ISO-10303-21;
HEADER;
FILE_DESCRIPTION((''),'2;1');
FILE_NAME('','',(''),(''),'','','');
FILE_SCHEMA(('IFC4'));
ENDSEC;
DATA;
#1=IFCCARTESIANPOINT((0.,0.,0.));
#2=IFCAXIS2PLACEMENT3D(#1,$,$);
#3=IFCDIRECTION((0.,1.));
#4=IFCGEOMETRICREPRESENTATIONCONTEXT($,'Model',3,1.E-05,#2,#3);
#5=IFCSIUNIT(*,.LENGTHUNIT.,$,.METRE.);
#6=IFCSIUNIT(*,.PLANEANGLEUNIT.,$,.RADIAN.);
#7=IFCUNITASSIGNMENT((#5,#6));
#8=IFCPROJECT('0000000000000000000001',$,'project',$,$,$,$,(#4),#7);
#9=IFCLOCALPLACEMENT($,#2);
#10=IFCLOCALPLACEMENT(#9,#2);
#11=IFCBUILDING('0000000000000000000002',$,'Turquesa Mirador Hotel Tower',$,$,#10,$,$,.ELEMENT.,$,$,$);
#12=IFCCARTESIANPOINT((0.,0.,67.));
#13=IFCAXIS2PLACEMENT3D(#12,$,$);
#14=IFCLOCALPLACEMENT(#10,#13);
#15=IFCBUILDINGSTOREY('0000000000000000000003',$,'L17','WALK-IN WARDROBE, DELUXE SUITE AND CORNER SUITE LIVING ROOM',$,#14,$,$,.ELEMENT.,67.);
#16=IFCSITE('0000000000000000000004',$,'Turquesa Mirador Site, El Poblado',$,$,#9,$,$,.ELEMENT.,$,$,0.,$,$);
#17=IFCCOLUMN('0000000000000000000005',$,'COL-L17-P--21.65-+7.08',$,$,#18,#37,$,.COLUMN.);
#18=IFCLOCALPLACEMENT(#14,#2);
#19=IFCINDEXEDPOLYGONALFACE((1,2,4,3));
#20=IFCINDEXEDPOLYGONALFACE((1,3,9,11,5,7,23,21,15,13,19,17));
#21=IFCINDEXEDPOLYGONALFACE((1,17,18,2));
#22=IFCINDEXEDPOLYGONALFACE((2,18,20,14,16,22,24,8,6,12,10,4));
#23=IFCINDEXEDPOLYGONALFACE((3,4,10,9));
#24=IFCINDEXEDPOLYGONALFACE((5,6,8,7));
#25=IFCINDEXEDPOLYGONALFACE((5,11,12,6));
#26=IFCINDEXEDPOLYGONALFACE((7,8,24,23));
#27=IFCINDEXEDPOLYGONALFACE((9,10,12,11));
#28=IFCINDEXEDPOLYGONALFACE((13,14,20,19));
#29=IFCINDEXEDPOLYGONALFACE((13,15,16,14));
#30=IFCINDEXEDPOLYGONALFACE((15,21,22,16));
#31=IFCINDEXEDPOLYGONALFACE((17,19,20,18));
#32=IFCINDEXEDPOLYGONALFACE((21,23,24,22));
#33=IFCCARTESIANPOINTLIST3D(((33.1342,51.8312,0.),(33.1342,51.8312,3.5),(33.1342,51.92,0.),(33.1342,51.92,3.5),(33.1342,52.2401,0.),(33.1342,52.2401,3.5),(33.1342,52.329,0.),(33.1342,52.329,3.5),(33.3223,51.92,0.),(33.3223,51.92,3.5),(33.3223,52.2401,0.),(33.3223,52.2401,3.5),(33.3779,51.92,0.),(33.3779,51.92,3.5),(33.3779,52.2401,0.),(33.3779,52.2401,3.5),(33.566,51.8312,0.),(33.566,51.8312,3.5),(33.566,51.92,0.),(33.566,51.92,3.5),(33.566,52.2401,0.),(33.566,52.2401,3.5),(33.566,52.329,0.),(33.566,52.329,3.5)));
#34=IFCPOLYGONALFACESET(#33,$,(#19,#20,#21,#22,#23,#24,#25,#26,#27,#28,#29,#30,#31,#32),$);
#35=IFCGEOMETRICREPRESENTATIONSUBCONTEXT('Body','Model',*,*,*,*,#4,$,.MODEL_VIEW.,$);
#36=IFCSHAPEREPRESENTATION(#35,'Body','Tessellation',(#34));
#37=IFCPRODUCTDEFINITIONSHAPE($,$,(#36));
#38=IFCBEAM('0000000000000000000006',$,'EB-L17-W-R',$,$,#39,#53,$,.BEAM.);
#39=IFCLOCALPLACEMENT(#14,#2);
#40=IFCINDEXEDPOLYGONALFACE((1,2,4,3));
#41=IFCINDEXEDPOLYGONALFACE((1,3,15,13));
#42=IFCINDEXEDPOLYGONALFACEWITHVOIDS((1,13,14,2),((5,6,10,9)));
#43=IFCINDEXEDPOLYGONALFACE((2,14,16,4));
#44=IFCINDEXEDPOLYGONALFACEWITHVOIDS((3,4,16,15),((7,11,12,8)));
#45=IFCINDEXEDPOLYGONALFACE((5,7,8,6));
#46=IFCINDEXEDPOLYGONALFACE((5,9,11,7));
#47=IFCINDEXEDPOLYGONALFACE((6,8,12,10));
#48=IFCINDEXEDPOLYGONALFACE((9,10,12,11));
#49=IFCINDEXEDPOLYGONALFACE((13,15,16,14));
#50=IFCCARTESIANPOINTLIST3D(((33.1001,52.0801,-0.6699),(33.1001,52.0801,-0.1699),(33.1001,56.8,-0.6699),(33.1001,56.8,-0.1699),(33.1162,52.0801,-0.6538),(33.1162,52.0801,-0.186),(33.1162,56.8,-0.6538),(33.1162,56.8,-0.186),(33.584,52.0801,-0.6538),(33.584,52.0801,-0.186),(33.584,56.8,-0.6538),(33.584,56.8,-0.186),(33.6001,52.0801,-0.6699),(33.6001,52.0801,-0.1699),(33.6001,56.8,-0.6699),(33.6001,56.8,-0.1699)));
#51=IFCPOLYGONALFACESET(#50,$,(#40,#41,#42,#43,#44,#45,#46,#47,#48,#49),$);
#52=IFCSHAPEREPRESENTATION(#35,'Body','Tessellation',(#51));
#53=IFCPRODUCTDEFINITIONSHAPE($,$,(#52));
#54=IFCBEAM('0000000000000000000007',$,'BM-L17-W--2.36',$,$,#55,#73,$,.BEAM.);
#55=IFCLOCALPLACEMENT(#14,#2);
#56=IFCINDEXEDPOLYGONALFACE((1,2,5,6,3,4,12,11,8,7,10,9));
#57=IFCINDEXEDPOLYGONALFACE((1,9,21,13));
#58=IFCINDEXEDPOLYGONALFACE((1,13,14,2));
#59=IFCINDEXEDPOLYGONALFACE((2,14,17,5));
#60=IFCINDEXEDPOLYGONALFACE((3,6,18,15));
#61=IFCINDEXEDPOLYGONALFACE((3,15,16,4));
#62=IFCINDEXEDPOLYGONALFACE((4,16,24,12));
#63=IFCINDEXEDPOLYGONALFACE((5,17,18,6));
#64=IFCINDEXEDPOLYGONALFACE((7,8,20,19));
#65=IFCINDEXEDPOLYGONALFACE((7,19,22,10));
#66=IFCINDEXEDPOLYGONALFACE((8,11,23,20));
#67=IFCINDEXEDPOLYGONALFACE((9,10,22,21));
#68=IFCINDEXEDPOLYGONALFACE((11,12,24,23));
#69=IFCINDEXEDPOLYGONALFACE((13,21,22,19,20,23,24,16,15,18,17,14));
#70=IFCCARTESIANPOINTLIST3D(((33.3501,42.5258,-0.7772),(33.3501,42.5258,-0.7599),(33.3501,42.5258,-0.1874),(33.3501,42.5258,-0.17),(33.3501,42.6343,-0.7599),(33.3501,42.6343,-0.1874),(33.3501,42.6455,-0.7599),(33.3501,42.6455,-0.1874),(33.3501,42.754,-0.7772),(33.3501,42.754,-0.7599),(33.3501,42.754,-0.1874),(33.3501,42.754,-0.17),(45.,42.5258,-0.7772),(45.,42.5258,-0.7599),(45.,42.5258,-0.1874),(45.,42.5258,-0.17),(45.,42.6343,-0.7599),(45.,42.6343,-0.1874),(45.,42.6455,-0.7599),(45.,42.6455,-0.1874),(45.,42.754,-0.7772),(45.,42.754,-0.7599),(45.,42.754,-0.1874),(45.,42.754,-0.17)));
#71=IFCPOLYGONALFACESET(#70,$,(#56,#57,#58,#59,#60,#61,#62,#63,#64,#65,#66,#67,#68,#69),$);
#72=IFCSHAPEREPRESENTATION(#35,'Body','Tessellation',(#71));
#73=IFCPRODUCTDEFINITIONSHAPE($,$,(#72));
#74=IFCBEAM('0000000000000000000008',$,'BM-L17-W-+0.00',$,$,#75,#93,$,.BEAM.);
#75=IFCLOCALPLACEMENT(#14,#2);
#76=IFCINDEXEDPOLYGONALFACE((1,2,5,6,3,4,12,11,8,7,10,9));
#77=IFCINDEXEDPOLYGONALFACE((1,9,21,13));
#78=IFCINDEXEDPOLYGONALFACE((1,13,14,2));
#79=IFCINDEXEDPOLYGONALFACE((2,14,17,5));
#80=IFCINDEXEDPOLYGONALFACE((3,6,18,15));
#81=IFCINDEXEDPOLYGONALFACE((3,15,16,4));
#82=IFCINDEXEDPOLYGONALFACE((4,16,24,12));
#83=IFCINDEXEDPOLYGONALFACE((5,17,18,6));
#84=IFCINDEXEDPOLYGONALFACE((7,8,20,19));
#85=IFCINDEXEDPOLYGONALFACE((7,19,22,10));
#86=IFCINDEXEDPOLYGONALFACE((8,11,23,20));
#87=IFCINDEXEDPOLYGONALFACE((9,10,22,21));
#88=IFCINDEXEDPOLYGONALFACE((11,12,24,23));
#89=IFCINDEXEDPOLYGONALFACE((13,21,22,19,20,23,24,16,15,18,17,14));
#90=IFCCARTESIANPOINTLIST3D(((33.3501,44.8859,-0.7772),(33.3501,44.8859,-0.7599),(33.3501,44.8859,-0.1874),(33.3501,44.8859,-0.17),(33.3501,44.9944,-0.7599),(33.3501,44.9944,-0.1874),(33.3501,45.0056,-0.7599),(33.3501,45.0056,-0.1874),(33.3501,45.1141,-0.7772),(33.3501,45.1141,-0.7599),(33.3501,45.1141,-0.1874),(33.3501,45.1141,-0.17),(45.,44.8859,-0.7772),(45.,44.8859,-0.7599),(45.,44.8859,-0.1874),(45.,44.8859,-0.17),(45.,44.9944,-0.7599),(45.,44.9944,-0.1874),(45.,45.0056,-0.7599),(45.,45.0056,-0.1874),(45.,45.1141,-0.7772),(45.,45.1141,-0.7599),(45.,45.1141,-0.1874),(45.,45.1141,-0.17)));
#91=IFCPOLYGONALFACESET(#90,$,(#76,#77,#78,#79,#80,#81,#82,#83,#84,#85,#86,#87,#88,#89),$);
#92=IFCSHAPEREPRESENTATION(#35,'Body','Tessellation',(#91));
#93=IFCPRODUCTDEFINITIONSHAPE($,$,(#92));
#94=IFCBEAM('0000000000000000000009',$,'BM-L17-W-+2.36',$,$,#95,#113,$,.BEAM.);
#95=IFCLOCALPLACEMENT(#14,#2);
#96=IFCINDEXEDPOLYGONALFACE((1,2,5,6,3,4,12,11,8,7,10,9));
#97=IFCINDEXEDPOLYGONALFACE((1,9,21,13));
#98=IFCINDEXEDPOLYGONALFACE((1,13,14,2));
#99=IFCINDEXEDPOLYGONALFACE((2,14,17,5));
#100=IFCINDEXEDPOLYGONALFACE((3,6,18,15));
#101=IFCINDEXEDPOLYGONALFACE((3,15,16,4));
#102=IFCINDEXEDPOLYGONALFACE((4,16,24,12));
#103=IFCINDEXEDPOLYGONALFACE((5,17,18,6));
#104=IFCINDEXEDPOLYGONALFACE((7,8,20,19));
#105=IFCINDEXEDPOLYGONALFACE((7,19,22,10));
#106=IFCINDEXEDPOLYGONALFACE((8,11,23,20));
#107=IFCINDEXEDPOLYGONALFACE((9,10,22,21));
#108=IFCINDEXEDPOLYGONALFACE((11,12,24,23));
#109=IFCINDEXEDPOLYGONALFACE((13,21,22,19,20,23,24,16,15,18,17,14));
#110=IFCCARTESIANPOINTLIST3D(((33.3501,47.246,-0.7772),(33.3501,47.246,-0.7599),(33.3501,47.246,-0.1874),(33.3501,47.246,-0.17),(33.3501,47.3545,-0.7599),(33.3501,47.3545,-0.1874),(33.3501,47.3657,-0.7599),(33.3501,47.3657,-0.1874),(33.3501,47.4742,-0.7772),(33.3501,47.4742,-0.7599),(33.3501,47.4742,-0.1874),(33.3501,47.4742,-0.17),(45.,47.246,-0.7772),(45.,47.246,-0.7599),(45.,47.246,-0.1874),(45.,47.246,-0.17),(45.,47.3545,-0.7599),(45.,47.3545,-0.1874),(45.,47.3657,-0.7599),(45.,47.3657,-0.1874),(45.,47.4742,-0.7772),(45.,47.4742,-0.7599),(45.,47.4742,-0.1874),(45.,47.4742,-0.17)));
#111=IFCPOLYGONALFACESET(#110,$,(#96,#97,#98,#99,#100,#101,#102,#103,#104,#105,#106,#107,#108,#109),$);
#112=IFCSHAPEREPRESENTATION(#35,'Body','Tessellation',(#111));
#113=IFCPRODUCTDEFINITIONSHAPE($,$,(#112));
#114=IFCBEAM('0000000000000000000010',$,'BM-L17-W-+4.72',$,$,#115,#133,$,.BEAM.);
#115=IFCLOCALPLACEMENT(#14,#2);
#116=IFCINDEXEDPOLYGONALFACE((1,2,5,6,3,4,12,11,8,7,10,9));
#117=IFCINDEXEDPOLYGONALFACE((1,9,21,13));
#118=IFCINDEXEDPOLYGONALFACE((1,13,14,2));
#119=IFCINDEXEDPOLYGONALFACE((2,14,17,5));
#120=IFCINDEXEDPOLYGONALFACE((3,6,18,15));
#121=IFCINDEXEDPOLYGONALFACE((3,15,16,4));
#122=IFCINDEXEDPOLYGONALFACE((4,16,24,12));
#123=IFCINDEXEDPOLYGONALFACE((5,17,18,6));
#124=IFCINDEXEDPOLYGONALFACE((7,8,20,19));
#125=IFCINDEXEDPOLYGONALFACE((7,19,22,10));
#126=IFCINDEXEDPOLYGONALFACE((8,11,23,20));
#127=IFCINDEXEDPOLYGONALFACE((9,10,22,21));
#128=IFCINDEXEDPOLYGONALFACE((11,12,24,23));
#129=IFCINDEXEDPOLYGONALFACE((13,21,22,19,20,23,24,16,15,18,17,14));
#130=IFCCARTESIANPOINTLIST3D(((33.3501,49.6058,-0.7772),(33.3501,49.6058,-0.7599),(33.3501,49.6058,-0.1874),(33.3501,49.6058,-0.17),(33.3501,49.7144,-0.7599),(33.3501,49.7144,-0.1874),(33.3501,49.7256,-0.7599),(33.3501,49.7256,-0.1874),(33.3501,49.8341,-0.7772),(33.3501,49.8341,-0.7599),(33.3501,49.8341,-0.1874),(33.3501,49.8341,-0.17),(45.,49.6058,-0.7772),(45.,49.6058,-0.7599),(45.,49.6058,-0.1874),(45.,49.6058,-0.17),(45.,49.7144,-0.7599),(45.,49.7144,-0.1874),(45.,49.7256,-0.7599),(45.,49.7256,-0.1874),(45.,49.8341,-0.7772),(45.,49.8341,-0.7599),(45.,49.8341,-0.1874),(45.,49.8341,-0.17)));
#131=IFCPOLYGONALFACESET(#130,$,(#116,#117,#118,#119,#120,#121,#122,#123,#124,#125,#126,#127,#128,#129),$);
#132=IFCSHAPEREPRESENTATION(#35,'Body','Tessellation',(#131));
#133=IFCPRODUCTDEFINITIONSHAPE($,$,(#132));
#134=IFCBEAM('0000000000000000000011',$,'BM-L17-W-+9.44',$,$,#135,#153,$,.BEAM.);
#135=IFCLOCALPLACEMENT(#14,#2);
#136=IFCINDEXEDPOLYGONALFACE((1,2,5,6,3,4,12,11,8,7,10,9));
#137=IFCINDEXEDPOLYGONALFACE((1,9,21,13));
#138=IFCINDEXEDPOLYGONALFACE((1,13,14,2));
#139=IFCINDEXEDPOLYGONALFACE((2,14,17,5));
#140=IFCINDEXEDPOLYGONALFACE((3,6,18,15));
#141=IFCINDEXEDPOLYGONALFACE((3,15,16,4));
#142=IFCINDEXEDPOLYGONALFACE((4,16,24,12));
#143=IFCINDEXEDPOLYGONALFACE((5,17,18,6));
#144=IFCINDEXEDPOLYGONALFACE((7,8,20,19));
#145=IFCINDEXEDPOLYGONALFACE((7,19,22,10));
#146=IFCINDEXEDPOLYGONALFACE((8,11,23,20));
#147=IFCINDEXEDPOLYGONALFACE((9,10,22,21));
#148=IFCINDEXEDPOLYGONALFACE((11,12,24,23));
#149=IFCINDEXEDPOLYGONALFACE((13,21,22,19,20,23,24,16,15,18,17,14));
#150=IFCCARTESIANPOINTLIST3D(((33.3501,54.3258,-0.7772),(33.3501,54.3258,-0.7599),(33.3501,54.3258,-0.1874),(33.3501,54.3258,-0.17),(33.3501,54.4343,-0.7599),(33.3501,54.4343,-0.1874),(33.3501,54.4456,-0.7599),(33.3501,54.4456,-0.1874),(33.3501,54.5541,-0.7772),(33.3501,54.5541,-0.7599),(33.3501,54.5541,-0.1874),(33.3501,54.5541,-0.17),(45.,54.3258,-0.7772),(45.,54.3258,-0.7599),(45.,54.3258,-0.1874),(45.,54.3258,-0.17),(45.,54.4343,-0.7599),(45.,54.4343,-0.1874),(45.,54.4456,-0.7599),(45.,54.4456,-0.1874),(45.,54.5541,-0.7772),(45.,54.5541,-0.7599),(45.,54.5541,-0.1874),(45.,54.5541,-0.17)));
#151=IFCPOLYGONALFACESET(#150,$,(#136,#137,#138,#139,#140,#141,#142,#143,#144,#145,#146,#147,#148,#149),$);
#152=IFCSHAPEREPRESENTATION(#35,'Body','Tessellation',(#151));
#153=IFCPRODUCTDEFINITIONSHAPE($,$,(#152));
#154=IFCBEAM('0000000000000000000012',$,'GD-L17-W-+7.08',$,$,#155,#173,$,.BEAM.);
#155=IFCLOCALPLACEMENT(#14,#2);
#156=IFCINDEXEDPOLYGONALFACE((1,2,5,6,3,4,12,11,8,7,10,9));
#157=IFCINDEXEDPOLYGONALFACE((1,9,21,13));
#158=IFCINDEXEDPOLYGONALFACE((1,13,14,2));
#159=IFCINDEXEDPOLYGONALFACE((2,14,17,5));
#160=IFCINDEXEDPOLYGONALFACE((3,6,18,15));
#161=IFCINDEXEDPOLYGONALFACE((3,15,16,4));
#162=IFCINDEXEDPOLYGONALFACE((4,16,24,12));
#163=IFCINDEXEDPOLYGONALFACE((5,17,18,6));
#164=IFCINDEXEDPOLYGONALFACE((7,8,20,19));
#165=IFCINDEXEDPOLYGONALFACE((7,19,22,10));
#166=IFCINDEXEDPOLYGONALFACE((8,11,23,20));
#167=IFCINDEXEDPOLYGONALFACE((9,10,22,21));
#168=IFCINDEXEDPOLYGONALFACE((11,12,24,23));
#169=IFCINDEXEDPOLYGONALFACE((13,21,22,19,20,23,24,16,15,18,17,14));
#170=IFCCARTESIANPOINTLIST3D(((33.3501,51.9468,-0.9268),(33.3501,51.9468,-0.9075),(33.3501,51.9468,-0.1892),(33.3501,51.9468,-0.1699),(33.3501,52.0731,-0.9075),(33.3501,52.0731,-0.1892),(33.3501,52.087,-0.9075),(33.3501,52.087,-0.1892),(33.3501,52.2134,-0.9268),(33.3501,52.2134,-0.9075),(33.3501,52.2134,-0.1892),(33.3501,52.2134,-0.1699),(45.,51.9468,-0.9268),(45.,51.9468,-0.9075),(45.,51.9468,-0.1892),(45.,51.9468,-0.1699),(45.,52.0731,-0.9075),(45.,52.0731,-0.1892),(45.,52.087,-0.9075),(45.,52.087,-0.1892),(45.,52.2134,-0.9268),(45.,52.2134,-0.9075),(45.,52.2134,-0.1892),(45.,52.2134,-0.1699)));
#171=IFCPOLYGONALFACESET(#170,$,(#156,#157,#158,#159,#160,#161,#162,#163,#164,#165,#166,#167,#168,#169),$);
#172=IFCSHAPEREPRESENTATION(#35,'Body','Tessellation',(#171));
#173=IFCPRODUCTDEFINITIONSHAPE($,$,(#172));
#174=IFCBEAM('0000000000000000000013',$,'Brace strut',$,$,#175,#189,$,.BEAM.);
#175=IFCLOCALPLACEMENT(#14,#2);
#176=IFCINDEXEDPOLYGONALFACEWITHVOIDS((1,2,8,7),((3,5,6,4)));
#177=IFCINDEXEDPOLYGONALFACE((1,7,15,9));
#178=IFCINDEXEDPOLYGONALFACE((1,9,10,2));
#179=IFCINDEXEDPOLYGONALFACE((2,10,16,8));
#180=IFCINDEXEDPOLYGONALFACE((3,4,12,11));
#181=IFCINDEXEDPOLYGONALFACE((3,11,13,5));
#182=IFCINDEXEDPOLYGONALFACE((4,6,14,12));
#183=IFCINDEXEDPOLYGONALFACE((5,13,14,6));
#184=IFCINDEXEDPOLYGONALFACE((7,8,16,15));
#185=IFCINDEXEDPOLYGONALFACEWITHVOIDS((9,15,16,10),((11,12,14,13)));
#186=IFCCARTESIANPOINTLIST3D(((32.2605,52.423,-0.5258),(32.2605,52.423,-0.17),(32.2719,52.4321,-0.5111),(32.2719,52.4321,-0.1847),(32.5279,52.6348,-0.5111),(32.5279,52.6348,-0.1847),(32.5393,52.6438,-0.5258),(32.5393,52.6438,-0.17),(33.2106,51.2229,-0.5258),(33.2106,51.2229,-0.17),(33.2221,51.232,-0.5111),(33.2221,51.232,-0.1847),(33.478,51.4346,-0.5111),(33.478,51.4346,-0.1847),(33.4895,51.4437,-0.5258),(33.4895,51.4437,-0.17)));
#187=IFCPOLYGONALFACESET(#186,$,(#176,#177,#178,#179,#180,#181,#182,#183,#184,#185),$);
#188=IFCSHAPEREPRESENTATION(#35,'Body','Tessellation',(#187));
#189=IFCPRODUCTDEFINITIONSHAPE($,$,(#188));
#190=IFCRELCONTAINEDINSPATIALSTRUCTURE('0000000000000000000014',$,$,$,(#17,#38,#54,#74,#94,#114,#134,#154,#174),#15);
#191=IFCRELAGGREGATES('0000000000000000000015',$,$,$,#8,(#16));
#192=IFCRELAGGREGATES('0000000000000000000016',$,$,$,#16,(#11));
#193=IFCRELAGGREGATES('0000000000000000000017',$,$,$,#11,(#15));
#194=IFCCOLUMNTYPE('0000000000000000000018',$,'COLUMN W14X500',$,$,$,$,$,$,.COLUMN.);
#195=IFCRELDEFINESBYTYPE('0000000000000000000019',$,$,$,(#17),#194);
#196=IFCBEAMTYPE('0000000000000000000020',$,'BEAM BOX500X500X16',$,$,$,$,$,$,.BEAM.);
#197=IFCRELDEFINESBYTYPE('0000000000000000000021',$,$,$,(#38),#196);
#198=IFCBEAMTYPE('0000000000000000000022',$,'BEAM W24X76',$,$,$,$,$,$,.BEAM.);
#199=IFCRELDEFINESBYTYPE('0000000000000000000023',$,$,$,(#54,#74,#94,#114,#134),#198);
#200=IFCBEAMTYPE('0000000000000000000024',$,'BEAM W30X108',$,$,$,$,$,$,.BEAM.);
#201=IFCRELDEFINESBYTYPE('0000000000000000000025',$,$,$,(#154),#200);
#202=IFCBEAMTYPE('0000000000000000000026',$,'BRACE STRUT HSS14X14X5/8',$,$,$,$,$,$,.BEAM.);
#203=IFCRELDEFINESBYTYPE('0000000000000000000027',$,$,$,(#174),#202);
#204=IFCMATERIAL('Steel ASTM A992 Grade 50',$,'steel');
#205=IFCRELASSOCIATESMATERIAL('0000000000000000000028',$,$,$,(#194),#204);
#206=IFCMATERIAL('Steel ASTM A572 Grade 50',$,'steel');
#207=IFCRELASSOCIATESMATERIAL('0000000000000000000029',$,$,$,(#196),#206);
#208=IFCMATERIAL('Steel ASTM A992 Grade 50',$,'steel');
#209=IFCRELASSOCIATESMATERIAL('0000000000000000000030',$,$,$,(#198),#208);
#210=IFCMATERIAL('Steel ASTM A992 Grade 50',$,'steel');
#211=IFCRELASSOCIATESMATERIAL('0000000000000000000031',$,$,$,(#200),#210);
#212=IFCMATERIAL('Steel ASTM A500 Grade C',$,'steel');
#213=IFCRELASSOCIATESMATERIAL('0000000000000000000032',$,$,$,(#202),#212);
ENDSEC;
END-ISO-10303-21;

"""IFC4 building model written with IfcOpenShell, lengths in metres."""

from ifc_helpers import new_model, si_unit, direction, frame, origin, origin_2d, place, context, subcontext, project, spatial, hollow_rectangle, i_section, extrude, material, material_profile, profile_set, type_object, element, save


model = new_model("IFC4")

# Units and contexts
model_context = context("Model", 3, precision=1e-05, world=origin(), true_north=direction((0.0, 1.0)))
body_context = subcontext(model_context, "Body", "Model", "MODEL_VIEW")
ifc_project = project(units=[si_unit("LENGTHUNIT", "METRE"), si_unit("PLANEANGLEUNIT", "RADIAN")], contexts=[model_context])

# Site, building, storey
site_placement = place(None, origin())
site = spatial("IfcSite", under=ifc_project, at=site_placement, Name="Turquesa Mirador Site, El Poblado", CompositionType="ELEMENT", RefElevation=0.0)
building_placement = place(site_placement, origin())
building = spatial("IfcBuilding", under=site, at=building_placement, Name="Turquesa Mirador Hotel Tower", CompositionType="ELEMENT")
storey_placement = place(building_placement, frame((0.0, 0.0, 67.0)))
storey = spatial("IfcBuildingStorey", under=building, at=storey_placement, Name="L17", Description="WALK-IN WARDROBE, DELUXE SUITE AND CORNER SUITE LIVING ROOM", CompositionType="ELEMENT", Elevation=67.0)

# Column
ifc_material_1 = material(Name="Steel ASTM A992 Grade 50", Category="steel")
ifc_material_profile_1 = material_profile(ifc_material_1, i_section(OverallWidth=0.4319, OverallDepth=0.4978, WebThickness=0.0557, FlangeThickness=0.0889, at=origin_2d()), Name="W14X500")
ifc_profile_set_1 = profile_set([ifc_material_profile_1], Name="Steel ASTM A992 Grade 50")
column_type = type_object("IfcColumnType", Name="COLUMN W14X500", PredefinedType="COLUMN", material=ifc_profile_set_1)
column_placement = place(storey_placement, frame((33.3501, 52.0801, 0.0), z_axis=(0.0, 0.0, 1.0), x_axis=(1.0, 0.0, 0.0)))
element("IfcColumn", 1, at=column_placement, inside=storey, type_object=column_type, Name="COL-L17-P--21.65-+7.08", PredefinedType="COLUMN", context=body_context, shape_type="SweptSolid", body=[
    extrude(i_section(OverallWidth=0.4319, OverallDepth=0.4978, WebThickness=0.0557, FlangeThickness=0.0889, at=origin_2d()), origin(), (0.0, 0.0, 1.0), 3.5),
])

# Beams
ifc_material_2 = material(Name="Steel ASTM A572 Grade 50", Category="steel")
ifc_material_profile_2 = material_profile(ifc_material_2, hollow_rectangle(XDim=0.5, YDim=0.5, WallThickness=0.0161, at=origin_2d()), Name="BOX500X500X16")
ifc_profile_set_2 = profile_set([ifc_material_profile_2], Name="Steel ASTM A572 Grade 50")
beam_type_1 = type_object("IfcBeamType", Name="BEAM BOX500X500X16", PredefinedType="BEAM", material=ifc_profile_set_2)
beam_1_placement = place(storey_placement, frame((33.3501, 52.0801, -0.4199), z_axis=(0.0, 1.0, 0.0), x_axis=(-1.0, 0.0, 0.0)))
element("IfcBeam", 2, at=beam_1_placement, inside=storey, type_object=beam_type_1, Name="EB-L17-W-R", PredefinedType="BEAM", context=body_context, shape_type="SweptSolid", body=[
    extrude(hollow_rectangle(XDim=0.5, YDim=0.5, WallThickness=0.0161, at=origin_2d()), origin(), (0.0, 0.0, 1.0), 4.72),
])
ifc_material_3 = material(Name="Steel ASTM A992 Grade 50", Category="steel")
ifc_material_profile_3 = material_profile(ifc_material_3, i_section(OverallWidth=0.2283, OverallDepth=0.6072, WebThickness=0.0112, FlangeThickness=0.0173, at=origin_2d()), Name="W24X76")
ifc_profile_set_3 = profile_set([ifc_material_profile_3], Name="Steel ASTM A992 Grade 50")
beam_type_2 = type_object("IfcBeamType", Name="BEAM W24X76", PredefinedType="BEAM", material=ifc_profile_set_3)
for number, where, z_axis, x_axis, name in (
    (3, (33.3501, 42.6399, -0.4736), (1.0, 0.0, 0.0), (0.0, 1.0, 0.0), "BM-L17-W--2.36"),
    (4, (33.3501, 45.0, -0.4736), (1.0, 0.0, 0.0), (0.0, 1.0, 0.0), "BM-L17-W-+0.00"),
    (5, (33.3501, 47.3601, -0.4736), (1.0, 0.0, 0.0), (0.0, 1.0, 0.0), "BM-L17-W-+2.36"),
    (6, (33.3501, 49.72, -0.4736), (1.0, 0.0, 0.0), (0.0, 1.0, 0.0), "BM-L17-W-+4.72"),
    (7, (33.3501, 54.4399, -0.4736), (1.0, 0.0, 0.0), (0.0, 1.0, 0.0), "BM-L17-W-+9.44"),
):
    element("IfcBeam", number, at=place(storey_placement, frame(where, z_axis=z_axis, x_axis=x_axis)), inside=storey, type_object=beam_type_2, Name=name, PredefinedType="BEAM", context=body_context, shape_type="SweptSolid", body=[
        extrude(i_section(OverallWidth=0.2283, OverallDepth=0.6072, WebThickness=0.0112, FlangeThickness=0.0173, at=origin_2d()), origin(), (0.0, 0.0, 1.0), 11.6499),
    ])
ifc_material_4 = material(Name="Steel ASTM A992 Grade 50", Category="steel")
ifc_material_profile_4 = material_profile(ifc_material_4, i_section(OverallWidth=0.2666, OverallDepth=0.7568, WebThickness=0.0139, FlangeThickness=0.0193, at=origin_2d()), Name="W30X108")
ifc_profile_set_4 = profile_set([ifc_material_profile_4], Name="Steel ASTM A992 Grade 50")
beam_type_3 = type_object("IfcBeamType", Name="BEAM W30X108", PredefinedType="BEAM", material=ifc_profile_set_4)
beam_2_placement = place(storey_placement, frame((33.3501, 52.0801, -0.5483), z_axis=(1.0, 0.0, 0.0), x_axis=(0.0, 1.0, 0.0)))
element("IfcBeam", 8, at=beam_2_placement, inside=storey, type_object=beam_type_3, Name="GD-L17-W-+7.08", PredefinedType="BEAM", context=body_context, shape_type="SweptSolid", body=[
    extrude(i_section(OverallWidth=0.2666, OverallDepth=0.7568, WebThickness=0.0139, FlangeThickness=0.0193, at=origin_2d()), origin(), (0.0, 0.0, 1.0), 11.6499),
])
ifc_material_5 = material(Name="Steel ASTM A500 Grade C", Category="steel")
ifc_material_profile_5 = material_profile(ifc_material_5, hollow_rectangle(XDim=0.3557, YDim=0.3557, WallThickness=0.0146, at=origin_2d()), Name="HSS14X14X5/8")
ifc_profile_set_5 = profile_set([ifc_material_profile_5], Name="Steel ASTM A500 Grade C")
beam_type_4 = type_object("IfcBeamType", Name="BRACE STRUT HSS14X14X5/8", PredefinedType="BEAM", material=ifc_profile_set_5)
beam_3_placement = place(storey_placement, frame((32.3999, 52.5334, -0.3479), z_axis=(0.620719, -0.784033, 0.0), x_axis=(0.784033, 0.620719, 0.0)))
element("IfcBeam", 9, at=beam_3_placement, inside=storey, type_object=beam_type_4, Name="Brace strut", PredefinedType="BEAM", context=body_context, shape_type="SweptSolid", body=[
    extrude(hollow_rectangle(XDim=0.3557, YDim=0.3557, WallThickness=0.0146, at=origin_2d()), origin(), (0.0, 0.0, 1.0), 1.5308),
])

save(model, "model.ifc")
